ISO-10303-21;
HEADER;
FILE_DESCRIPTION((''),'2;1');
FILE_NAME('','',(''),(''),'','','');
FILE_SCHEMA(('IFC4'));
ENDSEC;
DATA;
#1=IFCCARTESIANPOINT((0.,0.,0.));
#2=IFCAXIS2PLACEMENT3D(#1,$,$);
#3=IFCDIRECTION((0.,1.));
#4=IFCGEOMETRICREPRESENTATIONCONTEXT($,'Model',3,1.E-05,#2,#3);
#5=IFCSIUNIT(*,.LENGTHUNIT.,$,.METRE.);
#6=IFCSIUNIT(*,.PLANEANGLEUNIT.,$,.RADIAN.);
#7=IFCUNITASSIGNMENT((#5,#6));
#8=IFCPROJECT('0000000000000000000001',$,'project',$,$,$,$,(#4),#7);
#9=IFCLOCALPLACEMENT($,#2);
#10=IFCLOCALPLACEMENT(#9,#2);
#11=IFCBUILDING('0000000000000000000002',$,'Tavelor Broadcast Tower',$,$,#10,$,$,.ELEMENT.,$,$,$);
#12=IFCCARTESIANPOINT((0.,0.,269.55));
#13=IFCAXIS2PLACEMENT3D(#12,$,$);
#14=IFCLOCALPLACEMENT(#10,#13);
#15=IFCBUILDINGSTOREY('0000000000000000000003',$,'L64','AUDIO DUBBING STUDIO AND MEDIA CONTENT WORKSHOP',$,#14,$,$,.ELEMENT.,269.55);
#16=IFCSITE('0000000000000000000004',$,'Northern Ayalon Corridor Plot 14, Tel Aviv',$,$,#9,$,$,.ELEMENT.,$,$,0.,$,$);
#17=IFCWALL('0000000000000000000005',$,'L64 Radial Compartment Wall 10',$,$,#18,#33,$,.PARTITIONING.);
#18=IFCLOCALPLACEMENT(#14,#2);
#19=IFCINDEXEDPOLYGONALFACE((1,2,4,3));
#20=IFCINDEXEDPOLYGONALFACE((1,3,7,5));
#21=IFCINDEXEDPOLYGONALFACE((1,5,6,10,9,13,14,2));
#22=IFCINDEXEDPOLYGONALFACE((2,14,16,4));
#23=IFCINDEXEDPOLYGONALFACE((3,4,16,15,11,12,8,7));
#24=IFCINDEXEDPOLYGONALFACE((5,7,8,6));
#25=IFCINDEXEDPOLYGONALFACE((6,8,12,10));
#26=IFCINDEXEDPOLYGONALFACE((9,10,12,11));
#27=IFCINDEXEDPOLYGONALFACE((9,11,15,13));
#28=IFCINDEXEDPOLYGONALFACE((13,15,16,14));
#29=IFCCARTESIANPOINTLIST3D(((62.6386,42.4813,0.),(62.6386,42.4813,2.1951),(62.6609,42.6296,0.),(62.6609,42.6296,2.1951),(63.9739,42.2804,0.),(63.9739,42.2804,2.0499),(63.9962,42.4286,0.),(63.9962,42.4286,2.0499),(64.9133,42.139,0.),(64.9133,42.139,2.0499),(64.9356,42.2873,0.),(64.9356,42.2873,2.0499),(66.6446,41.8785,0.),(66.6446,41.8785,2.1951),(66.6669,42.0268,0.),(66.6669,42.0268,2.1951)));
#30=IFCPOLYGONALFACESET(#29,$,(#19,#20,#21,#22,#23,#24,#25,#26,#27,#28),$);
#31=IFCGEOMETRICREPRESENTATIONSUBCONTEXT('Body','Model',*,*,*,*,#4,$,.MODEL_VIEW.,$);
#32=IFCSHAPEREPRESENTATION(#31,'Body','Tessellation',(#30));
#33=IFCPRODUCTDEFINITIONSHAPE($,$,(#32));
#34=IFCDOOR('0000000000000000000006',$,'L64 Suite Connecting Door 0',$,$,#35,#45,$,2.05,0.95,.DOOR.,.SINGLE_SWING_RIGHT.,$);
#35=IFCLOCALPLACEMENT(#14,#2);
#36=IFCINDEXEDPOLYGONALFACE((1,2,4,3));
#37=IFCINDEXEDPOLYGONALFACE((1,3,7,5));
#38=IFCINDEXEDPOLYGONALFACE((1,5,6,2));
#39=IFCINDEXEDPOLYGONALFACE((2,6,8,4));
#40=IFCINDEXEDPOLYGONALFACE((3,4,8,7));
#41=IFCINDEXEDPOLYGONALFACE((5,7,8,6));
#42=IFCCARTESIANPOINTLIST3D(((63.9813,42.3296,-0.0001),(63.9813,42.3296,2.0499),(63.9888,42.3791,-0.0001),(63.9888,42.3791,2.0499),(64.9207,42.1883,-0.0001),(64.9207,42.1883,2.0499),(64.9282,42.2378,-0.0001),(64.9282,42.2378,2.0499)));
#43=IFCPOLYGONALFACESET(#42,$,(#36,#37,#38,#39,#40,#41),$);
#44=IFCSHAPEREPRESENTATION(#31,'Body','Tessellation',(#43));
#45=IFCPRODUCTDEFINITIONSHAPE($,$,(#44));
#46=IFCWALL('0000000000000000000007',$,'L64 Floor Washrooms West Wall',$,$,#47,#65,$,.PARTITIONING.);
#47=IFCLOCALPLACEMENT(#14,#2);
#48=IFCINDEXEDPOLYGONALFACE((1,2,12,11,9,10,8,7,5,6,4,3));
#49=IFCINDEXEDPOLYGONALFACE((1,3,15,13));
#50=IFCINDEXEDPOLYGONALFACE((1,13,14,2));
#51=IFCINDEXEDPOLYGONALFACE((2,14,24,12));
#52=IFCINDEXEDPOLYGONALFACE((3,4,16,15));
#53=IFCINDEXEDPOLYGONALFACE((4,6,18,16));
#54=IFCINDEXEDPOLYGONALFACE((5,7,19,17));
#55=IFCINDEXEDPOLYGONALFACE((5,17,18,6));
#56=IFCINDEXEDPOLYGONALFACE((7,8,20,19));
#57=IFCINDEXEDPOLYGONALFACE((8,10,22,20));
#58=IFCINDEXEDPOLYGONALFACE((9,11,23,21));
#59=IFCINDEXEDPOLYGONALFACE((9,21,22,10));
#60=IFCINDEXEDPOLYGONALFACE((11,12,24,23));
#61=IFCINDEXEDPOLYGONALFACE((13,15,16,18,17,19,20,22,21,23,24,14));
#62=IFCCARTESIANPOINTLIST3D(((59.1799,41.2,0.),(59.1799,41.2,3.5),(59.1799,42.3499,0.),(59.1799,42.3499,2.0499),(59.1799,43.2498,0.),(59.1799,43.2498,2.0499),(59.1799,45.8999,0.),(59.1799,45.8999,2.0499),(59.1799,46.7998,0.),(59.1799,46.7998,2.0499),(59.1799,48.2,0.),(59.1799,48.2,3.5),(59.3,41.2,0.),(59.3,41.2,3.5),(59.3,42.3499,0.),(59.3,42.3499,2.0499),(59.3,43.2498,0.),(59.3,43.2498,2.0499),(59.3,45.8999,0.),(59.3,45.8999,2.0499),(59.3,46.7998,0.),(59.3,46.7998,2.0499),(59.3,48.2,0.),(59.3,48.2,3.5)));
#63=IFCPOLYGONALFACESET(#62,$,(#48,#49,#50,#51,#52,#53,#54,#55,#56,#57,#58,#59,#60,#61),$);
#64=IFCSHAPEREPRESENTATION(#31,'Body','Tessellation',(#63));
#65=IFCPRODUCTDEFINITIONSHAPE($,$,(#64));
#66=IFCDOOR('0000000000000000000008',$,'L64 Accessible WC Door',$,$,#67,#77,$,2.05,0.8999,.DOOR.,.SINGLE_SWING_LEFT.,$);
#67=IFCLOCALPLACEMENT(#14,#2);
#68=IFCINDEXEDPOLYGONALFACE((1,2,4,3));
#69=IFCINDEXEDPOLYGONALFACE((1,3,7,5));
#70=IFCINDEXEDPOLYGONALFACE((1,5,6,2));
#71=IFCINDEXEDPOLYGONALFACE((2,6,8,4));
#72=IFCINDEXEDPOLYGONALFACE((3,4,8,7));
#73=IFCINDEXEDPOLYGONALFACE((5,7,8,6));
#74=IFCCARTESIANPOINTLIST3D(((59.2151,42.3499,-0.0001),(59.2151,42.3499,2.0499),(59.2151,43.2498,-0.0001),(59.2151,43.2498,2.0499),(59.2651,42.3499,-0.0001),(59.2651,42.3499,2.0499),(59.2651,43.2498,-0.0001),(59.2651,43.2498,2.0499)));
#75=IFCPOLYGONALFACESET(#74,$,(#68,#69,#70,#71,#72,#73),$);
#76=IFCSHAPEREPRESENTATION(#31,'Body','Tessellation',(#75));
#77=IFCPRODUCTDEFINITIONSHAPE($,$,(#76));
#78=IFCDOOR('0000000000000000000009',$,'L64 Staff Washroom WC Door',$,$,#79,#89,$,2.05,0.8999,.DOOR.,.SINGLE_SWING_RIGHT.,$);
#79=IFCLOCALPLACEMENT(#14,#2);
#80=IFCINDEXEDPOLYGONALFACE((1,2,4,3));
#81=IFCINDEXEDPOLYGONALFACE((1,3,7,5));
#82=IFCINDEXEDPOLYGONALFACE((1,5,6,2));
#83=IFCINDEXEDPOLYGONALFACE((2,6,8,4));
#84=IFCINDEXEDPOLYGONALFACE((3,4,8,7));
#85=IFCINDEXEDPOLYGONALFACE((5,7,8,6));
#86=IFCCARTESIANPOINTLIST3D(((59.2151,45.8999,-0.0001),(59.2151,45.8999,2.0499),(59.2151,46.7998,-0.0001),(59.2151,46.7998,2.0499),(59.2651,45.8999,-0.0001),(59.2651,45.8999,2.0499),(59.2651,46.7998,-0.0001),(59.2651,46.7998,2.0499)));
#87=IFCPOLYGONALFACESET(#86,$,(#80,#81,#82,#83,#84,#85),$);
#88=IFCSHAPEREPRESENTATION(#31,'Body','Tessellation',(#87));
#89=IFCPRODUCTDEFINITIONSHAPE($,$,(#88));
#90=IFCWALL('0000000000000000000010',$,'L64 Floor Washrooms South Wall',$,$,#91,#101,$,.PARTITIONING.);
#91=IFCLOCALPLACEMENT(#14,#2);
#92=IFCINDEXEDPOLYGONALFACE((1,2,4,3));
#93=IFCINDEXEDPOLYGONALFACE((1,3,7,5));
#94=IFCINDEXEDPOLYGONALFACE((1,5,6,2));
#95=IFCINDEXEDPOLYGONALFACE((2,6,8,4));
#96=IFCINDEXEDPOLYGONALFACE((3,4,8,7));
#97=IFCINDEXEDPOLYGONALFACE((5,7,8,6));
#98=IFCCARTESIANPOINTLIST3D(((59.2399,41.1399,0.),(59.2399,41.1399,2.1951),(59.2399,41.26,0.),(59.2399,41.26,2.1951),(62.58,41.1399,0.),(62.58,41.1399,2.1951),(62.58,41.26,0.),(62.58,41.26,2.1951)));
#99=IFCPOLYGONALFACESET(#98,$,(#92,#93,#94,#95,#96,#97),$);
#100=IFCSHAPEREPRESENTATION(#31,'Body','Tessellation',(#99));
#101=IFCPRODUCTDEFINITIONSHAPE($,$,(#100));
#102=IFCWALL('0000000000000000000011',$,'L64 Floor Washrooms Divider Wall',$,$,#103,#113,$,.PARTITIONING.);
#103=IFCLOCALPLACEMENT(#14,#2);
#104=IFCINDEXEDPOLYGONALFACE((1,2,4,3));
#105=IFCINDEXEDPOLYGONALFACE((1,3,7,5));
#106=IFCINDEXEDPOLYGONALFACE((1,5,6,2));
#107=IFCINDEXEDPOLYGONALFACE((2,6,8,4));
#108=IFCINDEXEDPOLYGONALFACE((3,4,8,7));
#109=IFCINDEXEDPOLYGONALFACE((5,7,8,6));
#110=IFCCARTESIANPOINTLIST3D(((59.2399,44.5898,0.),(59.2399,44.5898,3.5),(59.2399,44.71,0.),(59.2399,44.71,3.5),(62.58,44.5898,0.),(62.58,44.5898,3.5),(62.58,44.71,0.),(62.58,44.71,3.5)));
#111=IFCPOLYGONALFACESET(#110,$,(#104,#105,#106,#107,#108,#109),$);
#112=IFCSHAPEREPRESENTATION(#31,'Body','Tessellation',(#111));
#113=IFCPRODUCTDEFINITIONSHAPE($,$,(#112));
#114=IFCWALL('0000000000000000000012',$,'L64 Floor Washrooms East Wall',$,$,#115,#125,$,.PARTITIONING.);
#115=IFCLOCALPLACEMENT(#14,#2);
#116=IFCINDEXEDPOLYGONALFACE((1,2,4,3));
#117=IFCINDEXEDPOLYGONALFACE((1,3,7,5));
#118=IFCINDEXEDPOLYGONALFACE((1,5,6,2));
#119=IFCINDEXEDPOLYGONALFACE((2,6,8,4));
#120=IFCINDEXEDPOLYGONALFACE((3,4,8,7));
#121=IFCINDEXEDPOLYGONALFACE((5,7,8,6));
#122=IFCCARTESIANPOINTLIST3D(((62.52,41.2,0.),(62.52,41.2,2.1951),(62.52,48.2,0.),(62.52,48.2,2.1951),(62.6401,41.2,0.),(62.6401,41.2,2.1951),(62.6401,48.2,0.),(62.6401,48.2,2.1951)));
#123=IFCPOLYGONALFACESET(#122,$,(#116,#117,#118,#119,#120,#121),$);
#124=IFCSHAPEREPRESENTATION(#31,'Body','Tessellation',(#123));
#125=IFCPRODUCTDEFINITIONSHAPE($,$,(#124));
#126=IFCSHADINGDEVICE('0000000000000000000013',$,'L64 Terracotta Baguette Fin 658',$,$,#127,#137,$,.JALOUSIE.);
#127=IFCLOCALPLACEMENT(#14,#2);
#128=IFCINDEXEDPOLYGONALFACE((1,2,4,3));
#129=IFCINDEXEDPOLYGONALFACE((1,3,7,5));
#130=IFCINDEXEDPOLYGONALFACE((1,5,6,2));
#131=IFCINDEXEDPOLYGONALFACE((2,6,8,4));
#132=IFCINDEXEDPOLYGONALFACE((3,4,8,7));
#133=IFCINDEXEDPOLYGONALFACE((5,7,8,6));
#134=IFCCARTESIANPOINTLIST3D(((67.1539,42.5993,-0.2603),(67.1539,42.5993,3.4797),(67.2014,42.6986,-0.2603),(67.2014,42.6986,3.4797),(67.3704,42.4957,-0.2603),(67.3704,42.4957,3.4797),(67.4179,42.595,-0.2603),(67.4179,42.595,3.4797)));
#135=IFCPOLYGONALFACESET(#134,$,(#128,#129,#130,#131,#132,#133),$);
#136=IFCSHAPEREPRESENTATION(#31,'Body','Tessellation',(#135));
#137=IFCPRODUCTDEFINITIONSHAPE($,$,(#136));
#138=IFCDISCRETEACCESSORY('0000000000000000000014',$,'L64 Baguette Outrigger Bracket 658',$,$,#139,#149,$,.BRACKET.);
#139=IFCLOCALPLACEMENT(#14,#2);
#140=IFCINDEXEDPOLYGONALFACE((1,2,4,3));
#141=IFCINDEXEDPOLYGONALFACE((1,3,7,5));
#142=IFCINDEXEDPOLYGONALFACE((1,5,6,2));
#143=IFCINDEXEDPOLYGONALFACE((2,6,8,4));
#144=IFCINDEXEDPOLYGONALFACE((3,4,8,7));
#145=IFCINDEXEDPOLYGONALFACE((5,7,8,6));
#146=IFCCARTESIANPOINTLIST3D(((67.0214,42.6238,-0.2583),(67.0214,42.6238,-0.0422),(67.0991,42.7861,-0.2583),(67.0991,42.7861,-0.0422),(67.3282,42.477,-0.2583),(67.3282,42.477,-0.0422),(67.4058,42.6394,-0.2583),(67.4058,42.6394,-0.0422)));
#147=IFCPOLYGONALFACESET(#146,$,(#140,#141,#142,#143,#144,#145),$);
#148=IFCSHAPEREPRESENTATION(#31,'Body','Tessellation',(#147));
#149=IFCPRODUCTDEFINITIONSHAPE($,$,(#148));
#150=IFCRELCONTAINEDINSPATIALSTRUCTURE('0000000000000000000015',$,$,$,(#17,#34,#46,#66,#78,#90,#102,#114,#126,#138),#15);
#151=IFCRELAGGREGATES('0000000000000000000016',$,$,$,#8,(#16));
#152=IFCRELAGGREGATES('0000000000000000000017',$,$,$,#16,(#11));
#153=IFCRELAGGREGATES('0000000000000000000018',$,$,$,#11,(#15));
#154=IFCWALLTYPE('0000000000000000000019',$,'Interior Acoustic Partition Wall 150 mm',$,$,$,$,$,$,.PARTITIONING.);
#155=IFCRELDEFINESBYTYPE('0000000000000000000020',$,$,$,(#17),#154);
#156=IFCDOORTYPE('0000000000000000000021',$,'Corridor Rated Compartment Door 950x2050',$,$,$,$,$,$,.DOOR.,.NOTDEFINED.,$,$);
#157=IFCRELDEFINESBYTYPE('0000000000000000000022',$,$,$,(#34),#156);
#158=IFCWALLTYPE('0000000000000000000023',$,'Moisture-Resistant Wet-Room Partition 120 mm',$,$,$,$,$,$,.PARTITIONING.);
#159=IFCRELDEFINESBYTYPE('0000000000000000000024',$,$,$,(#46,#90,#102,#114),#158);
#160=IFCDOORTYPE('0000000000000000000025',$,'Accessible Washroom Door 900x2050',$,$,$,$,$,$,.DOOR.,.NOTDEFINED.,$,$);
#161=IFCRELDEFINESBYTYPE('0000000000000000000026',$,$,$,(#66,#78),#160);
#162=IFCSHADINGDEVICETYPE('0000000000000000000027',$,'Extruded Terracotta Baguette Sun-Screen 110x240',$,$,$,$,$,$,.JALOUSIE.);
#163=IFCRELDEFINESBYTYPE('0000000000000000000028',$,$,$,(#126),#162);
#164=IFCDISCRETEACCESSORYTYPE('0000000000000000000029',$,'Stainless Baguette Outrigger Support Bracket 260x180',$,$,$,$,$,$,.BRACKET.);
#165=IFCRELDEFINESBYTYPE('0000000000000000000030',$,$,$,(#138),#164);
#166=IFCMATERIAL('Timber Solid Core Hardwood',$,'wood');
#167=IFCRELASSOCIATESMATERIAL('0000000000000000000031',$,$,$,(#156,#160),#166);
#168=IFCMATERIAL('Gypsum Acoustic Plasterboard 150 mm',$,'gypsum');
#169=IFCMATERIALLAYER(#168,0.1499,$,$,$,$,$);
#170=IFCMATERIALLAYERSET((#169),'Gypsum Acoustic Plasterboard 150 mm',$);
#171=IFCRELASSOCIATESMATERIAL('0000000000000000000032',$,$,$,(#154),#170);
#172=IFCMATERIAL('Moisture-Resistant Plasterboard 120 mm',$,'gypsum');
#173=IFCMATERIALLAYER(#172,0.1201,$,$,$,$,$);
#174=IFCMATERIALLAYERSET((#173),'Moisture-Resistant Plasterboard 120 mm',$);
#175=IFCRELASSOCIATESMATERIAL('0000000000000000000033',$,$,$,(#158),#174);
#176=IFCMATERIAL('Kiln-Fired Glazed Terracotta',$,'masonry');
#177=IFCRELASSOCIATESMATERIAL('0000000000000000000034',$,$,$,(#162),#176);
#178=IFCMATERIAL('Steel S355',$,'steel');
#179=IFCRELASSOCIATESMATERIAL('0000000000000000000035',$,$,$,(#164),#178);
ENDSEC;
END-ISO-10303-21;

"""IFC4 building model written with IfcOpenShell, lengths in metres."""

from ifc_helpers import new_model, si_unit, direction, frame, frame_2d, origin, origin_2d, place, context, subcontext, project, spatial, rectangle, extrude, source, transform, mapped, material, layer, layer_set, type_object, type_shapes, element, fill, save


model = new_model("IFC4")

# Units and contexts
model_context = context("Model", 3, precision=1e-05, world=origin(), true_north=direction((0.0, 1.0)))
body_context = subcontext(model_context, "Body", "Model", "MODEL_VIEW")
ifc_project = project(units=[si_unit("LENGTHUNIT", "METRE"), si_unit("PLANEANGLEUNIT", "RADIAN")], contexts=[model_context])

# Site, building, storey
site_placement = place(None, origin())
site = spatial("IfcSite", under=ifc_project, at=site_placement, Name="Northern Ayalon Corridor Plot 14, Tel Aviv", CompositionType="ELEMENT", RefElevation=0.0)
building_placement = place(site_placement, origin())
building = spatial("IfcBuilding", under=site, at=building_placement, Name="Tavelor Broadcast Tower", CompositionType="ELEMENT")
storey_placement = place(building_placement, frame((0.0, 0.0, 269.55)))
storey = spatial("IfcBuildingStorey", under=building, at=storey_placement, Name="L64", Description="AUDIO DUBBING STUDIO AND MEDIA CONTENT WORKSHOP", CompositionType="ELEMENT", Elevation=269.55)

# Wall, opening, door
ifc_material_1 = material(Name="Steel S355", Category="steel")
ifc_material_2 = material(Name="Timber Solid Core Hardwood", Category="wood")
door_type_1 = type_object("IfcDoorType", Name="Corridor Rated Compartment Door 950x2050", OperationType="NOTDEFINED", PredefinedType="DOOR", material=ifc_material_2)
ifc_material_3 = material(Name="Gypsum Acoustic Plasterboard 150 mm", Category="gypsum")
ifc_layer_1 = layer(ifc_material_3, 0.1499)
ifc_layer_set_1 = layer_set([ifc_layer_1], Name="Gypsum Acoustic Plasterboard 150 mm")
wall_type_1 = type_object("IfcWallType", Name="Interior Acoustic Partition Wall 150 mm", PredefinedType="PARTITIONING", material=ifc_layer_set_1)
wall_1_placement = place(storey_placement, frame((62.6499, 42.5554, 0.0), z_axis=(0.0, 0.0, 1.0), x_axis=(0.988867, -0.1488, 0.0)))
wall_1 = element("IfcWall", 1, at=wall_1_placement, inside=storey, type_object=wall_type_1, Name="L64 Radial Compartment Wall 10", PredefinedType="PARTITIONING", context=body_context, shape_type="SweptSolid", body=[
    extrude(rectangle(XDim=4.051, YDim=0.1499, at=frame_2d((2.0254, 0.0))), origin(), (0.0, 0.0, 1.0), 2.1951),
])
opening_1_placement = place(wall_1_placement, frame((1.3501, 0.0, 0.0)))
opening_1 = element("IfcOpeningElement", 2, at=opening_1_placement, cuts=wall_1, PredefinedType="OPENING", context=body_context, shape_type="SweptSolid", body=[
    extrude(rectangle(XDim=0.95, YDim=2.05, at=frame_2d((0.4751, 1.0249))), frame((0.0, 0.085, 0.0), z_axis=(0.0, -1.0, 0.0), x_axis=(1.0, 0.0, 0.0)), (0.0, 0.0, 1.0), 0.1699),
])
door_1_placement = place(opening_1_placement, origin())
door_1 = element("IfcDoor", 3, at=door_1_placement, inside=storey, type_object=door_type_1, Name="L64 Suite Connecting Door 0", OperationType="SINGLE_SWING_RIGHT", OverallHeight=2.05, OverallWidth=0.95, PredefinedType="DOOR", context=body_context, shape_type="SweptSolid", body=[
    extrude(rectangle(XDim=0.95, YDim=2.05, at=frame_2d((0.4751, 1.0249))), frame((0.0, 0.0249, 0.0), z_axis=(0.0, -1.0, 0.0), x_axis=(1.0, 0.0, 0.0)), (0.0, 0.0, 1.0), 0.05),
])
fill(opening_1, door_1)

# Wall, openings, doors
ifc_material_4 = material(Name="Moisture-Resistant Plasterboard 120 mm", Category="gypsum")
ifc_layer_2 = layer(ifc_material_4, 0.1201)
ifc_layer_set_2 = layer_set([ifc_layer_2], Name="Moisture-Resistant Plasterboard 120 mm")
wall_type_2 = type_object("IfcWallType", Name="Moisture-Resistant Wet-Room Partition 120 mm", PredefinedType="PARTITIONING", material=ifc_layer_set_2)
wall_2_placement = place(storey_placement, frame((59.24, 41.2, 0.0), z_axis=(0.0, 0.0, 1.0), x_axis=(0.0, 1.0, 0.0)))
wall_2 = element("IfcWall", 4, at=wall_2_placement, inside=storey, type_object=wall_type_2, Name="L64 Floor Washrooms West Wall", PredefinedType="PARTITIONING", context=body_context, shape_type="SweptSolid", body=[
    extrude(rectangle(XDim=7.0, YDim=0.1201, at=frame_2d((3.5, 0.0))), origin(), (0.0, 0.0, 1.0), 3.5),
])
opening_2_placement = place(wall_2_placement, frame((1.1499, 0.0, 0.0)))
opening_2 = element("IfcOpeningElement", 5, at=opening_2_placement, cuts=wall_2, PredefinedType="OPENING", context=body_context, shape_type="SweptSolid", body=[
    extrude(rectangle(XDim=0.8999, YDim=2.05, at=frame_2d((0.45, 1.0249))), frame((0.0, 0.0701, 0.0), z_axis=(0.0, -1.0, 0.0), x_axis=(1.0, 0.0, 0.0)), (0.0, 0.0, 1.0), 0.1401),
])
opening_3_placement = place(wall_2_placement, frame((4.7, 0.0, 0.0)))
opening_3 = element("IfcOpeningElement", 6, at=opening_3_placement, cuts=wall_2, PredefinedType="OPENING", context=body_context, shape_type="SweptSolid", body=[
    extrude(rectangle(XDim=0.8999, YDim=2.05, at=frame_2d((0.45, 1.0249))), frame((0.0, 0.0701, 0.0), z_axis=(0.0, -1.0, 0.0), x_axis=(1.0, 0.0, 0.0)), (0.0, 0.0, 1.0), 0.1401),
])
door_type_2 = type_object("IfcDoorType", Name="Accessible Washroom Door 900x2050", OperationType="NOTDEFINED", PredefinedType="DOOR", material=ifc_material_2)
door_2_placement = place(opening_2_placement, origin())
door_2 = element("IfcDoor", 7, at=door_2_placement, inside=storey, type_object=door_type_2, Name="L64 Accessible WC Door", OperationType="SINGLE_SWING_LEFT", OverallHeight=2.05, OverallWidth=0.8999, PredefinedType="DOOR", context=body_context, shape_type="SweptSolid", body=[
    extrude(rectangle(XDim=0.8999, YDim=2.05, at=frame_2d((0.45, 1.0249))), frame((0.0, 0.0249, 0.0), z_axis=(0.0, -1.0, 0.0), x_axis=(1.0, 0.0, 0.0)), (0.0, 0.0, 1.0), 0.05),
])
fill(opening_2, door_2)
door_3_placement = place(opening_3_placement, origin())
door_3 = element("IfcDoor", 8, at=door_3_placement, inside=storey, type_object=door_type_2, Name="L64 Staff Washroom WC Door", OperationType="SINGLE_SWING_RIGHT", OverallHeight=2.05, OverallWidth=0.8999, PredefinedType="DOOR", context=body_context, shape_type="SweptSolid", body=[
    extrude(rectangle(XDim=0.8999, YDim=2.05, at=frame_2d((0.45, 1.0249))), frame((0.0, 0.0249, 0.0), z_axis=(0.0, -1.0, 0.0), x_axis=(1.0, 0.0, 0.0)), (0.0, 0.0, 1.0), 0.05),
])
fill(opening_3, door_3)

# Walls
wall_3_placement = place(storey_placement, frame((59.24, 41.2, 0.0), z_axis=(0.0, 0.0, 1.0), x_axis=(1.0, 0.0, 0.0)))
element("IfcWall", 9, at=wall_3_placement, inside=storey, type_object=wall_type_2, Name="L64 Floor Washrooms South Wall", PredefinedType="PARTITIONING", context=body_context, shape_type="SweptSolid", body=[
    extrude(rectangle(XDim=3.3401, YDim=0.1201, at=frame_2d((1.6699, 0.0))), origin(), (0.0, 0.0, 1.0), 2.1951),
])
wall_4_placement = place(storey_placement, frame((59.24, 44.6499, 0.0), z_axis=(0.0, 0.0, 1.0), x_axis=(1.0, 0.0, 0.0)))
element("IfcWall", 10, at=wall_4_placement, inside=storey, type_object=wall_type_2, Name="L64 Floor Washrooms Divider Wall", PredefinedType="PARTITIONING", context=body_context, shape_type="SweptSolid", body=[
    extrude(rectangle(XDim=3.3401, YDim=0.1201, at=frame_2d((1.6699, 0.0))), origin(), (0.0, 0.0, 1.0), 3.5),
])
wall_5_placement = place(storey_placement, frame((62.5801, 41.2, 0.0), z_axis=(0.0, 0.0, 1.0), x_axis=(0.0, 1.0, 0.0)))
element("IfcWall", 11, at=wall_5_placement, inside=storey, type_object=wall_type_2, Name="L64 Floor Washrooms East Wall", PredefinedType="PARTITIONING", context=body_context, shape_type="SweptSolid", body=[
    extrude(rectangle(XDim=7.0, YDim=0.1201, at=frame_2d((3.5, 0.0))), origin(), (0.0, 0.0, 1.0), 2.1951),
])

# Shading device
ifc_material_5 = material(Name="Kiln-Fired Glazed Terracotta", Category="masonry")
shading_device_type = type_object("IfcShadingDeviceType", Name="Extruded Terracotta Baguette Sun-Screen 110x240", PredefinedType="JALOUSIE", material=ifc_material_5)
shared_shape_1 = source(origin(), body_context, "Body", "SweptSolid", [
    extrude(rectangle(XDim=0.1101, YDim=0.24, at=origin_2d()), origin(), (0.0, 0.0, 1.0), 3.74),
])
type_shapes(shading_device_type, [shared_shape_1])
shading_device_placement = place(storey_placement, frame((67.2859, 42.5972, -0.2603), z_axis=(0.0, 0.0, 1.0), x_axis=(0.431613, 0.902059, 0.0)))
element("IfcShadingDevice", 12, at=shading_device_placement, inside=storey, type_object=shading_device_type, Name="L64 Terracotta Baguette Fin 658", PredefinedType="JALOUSIE", context=body_context, shape_type="MappedRepresentation", body=[
    mapped(shared_shape_1, transform((0.0, 0.0, 0.0), scale=1.0)),
])

# Discrete accessory
discrete_accessory_type = type_object("IfcDiscreteAccessoryType", Name="Stainless Baguette Outrigger Support Bracket 260x180", PredefinedType="BRACKET", material=ifc_material_1)
shared_shape_2 = source(origin(), body_context, "Body", "SweptSolid", [
    extrude(rectangle(XDim=0.1799, YDim=0.3401, at=origin_2d()), origin(), (0.0, 0.0, 1.0), 0.2161),
])
type_shapes(discrete_accessory_type, [shared_shape_2])
discrete_accessory_placement = place(storey_placement, frame((67.2136, 42.6316, -0.2583), z_axis=(0.0, 0.0, 1.0), x_axis=(0.431613, 0.902059, 0.0)))
element("IfcDiscreteAccessory", 13, at=discrete_accessory_placement, inside=storey, type_object=discrete_accessory_type, Name="L64 Baguette Outrigger Bracket 658", PredefinedType="BRACKET", context=body_context, shape_type="MappedRepresentation", body=[
    mapped(shared_shape_2, transform((0.0, 0.0, 0.0), scale=1.0)),
])

save(model, "model.ifc")
